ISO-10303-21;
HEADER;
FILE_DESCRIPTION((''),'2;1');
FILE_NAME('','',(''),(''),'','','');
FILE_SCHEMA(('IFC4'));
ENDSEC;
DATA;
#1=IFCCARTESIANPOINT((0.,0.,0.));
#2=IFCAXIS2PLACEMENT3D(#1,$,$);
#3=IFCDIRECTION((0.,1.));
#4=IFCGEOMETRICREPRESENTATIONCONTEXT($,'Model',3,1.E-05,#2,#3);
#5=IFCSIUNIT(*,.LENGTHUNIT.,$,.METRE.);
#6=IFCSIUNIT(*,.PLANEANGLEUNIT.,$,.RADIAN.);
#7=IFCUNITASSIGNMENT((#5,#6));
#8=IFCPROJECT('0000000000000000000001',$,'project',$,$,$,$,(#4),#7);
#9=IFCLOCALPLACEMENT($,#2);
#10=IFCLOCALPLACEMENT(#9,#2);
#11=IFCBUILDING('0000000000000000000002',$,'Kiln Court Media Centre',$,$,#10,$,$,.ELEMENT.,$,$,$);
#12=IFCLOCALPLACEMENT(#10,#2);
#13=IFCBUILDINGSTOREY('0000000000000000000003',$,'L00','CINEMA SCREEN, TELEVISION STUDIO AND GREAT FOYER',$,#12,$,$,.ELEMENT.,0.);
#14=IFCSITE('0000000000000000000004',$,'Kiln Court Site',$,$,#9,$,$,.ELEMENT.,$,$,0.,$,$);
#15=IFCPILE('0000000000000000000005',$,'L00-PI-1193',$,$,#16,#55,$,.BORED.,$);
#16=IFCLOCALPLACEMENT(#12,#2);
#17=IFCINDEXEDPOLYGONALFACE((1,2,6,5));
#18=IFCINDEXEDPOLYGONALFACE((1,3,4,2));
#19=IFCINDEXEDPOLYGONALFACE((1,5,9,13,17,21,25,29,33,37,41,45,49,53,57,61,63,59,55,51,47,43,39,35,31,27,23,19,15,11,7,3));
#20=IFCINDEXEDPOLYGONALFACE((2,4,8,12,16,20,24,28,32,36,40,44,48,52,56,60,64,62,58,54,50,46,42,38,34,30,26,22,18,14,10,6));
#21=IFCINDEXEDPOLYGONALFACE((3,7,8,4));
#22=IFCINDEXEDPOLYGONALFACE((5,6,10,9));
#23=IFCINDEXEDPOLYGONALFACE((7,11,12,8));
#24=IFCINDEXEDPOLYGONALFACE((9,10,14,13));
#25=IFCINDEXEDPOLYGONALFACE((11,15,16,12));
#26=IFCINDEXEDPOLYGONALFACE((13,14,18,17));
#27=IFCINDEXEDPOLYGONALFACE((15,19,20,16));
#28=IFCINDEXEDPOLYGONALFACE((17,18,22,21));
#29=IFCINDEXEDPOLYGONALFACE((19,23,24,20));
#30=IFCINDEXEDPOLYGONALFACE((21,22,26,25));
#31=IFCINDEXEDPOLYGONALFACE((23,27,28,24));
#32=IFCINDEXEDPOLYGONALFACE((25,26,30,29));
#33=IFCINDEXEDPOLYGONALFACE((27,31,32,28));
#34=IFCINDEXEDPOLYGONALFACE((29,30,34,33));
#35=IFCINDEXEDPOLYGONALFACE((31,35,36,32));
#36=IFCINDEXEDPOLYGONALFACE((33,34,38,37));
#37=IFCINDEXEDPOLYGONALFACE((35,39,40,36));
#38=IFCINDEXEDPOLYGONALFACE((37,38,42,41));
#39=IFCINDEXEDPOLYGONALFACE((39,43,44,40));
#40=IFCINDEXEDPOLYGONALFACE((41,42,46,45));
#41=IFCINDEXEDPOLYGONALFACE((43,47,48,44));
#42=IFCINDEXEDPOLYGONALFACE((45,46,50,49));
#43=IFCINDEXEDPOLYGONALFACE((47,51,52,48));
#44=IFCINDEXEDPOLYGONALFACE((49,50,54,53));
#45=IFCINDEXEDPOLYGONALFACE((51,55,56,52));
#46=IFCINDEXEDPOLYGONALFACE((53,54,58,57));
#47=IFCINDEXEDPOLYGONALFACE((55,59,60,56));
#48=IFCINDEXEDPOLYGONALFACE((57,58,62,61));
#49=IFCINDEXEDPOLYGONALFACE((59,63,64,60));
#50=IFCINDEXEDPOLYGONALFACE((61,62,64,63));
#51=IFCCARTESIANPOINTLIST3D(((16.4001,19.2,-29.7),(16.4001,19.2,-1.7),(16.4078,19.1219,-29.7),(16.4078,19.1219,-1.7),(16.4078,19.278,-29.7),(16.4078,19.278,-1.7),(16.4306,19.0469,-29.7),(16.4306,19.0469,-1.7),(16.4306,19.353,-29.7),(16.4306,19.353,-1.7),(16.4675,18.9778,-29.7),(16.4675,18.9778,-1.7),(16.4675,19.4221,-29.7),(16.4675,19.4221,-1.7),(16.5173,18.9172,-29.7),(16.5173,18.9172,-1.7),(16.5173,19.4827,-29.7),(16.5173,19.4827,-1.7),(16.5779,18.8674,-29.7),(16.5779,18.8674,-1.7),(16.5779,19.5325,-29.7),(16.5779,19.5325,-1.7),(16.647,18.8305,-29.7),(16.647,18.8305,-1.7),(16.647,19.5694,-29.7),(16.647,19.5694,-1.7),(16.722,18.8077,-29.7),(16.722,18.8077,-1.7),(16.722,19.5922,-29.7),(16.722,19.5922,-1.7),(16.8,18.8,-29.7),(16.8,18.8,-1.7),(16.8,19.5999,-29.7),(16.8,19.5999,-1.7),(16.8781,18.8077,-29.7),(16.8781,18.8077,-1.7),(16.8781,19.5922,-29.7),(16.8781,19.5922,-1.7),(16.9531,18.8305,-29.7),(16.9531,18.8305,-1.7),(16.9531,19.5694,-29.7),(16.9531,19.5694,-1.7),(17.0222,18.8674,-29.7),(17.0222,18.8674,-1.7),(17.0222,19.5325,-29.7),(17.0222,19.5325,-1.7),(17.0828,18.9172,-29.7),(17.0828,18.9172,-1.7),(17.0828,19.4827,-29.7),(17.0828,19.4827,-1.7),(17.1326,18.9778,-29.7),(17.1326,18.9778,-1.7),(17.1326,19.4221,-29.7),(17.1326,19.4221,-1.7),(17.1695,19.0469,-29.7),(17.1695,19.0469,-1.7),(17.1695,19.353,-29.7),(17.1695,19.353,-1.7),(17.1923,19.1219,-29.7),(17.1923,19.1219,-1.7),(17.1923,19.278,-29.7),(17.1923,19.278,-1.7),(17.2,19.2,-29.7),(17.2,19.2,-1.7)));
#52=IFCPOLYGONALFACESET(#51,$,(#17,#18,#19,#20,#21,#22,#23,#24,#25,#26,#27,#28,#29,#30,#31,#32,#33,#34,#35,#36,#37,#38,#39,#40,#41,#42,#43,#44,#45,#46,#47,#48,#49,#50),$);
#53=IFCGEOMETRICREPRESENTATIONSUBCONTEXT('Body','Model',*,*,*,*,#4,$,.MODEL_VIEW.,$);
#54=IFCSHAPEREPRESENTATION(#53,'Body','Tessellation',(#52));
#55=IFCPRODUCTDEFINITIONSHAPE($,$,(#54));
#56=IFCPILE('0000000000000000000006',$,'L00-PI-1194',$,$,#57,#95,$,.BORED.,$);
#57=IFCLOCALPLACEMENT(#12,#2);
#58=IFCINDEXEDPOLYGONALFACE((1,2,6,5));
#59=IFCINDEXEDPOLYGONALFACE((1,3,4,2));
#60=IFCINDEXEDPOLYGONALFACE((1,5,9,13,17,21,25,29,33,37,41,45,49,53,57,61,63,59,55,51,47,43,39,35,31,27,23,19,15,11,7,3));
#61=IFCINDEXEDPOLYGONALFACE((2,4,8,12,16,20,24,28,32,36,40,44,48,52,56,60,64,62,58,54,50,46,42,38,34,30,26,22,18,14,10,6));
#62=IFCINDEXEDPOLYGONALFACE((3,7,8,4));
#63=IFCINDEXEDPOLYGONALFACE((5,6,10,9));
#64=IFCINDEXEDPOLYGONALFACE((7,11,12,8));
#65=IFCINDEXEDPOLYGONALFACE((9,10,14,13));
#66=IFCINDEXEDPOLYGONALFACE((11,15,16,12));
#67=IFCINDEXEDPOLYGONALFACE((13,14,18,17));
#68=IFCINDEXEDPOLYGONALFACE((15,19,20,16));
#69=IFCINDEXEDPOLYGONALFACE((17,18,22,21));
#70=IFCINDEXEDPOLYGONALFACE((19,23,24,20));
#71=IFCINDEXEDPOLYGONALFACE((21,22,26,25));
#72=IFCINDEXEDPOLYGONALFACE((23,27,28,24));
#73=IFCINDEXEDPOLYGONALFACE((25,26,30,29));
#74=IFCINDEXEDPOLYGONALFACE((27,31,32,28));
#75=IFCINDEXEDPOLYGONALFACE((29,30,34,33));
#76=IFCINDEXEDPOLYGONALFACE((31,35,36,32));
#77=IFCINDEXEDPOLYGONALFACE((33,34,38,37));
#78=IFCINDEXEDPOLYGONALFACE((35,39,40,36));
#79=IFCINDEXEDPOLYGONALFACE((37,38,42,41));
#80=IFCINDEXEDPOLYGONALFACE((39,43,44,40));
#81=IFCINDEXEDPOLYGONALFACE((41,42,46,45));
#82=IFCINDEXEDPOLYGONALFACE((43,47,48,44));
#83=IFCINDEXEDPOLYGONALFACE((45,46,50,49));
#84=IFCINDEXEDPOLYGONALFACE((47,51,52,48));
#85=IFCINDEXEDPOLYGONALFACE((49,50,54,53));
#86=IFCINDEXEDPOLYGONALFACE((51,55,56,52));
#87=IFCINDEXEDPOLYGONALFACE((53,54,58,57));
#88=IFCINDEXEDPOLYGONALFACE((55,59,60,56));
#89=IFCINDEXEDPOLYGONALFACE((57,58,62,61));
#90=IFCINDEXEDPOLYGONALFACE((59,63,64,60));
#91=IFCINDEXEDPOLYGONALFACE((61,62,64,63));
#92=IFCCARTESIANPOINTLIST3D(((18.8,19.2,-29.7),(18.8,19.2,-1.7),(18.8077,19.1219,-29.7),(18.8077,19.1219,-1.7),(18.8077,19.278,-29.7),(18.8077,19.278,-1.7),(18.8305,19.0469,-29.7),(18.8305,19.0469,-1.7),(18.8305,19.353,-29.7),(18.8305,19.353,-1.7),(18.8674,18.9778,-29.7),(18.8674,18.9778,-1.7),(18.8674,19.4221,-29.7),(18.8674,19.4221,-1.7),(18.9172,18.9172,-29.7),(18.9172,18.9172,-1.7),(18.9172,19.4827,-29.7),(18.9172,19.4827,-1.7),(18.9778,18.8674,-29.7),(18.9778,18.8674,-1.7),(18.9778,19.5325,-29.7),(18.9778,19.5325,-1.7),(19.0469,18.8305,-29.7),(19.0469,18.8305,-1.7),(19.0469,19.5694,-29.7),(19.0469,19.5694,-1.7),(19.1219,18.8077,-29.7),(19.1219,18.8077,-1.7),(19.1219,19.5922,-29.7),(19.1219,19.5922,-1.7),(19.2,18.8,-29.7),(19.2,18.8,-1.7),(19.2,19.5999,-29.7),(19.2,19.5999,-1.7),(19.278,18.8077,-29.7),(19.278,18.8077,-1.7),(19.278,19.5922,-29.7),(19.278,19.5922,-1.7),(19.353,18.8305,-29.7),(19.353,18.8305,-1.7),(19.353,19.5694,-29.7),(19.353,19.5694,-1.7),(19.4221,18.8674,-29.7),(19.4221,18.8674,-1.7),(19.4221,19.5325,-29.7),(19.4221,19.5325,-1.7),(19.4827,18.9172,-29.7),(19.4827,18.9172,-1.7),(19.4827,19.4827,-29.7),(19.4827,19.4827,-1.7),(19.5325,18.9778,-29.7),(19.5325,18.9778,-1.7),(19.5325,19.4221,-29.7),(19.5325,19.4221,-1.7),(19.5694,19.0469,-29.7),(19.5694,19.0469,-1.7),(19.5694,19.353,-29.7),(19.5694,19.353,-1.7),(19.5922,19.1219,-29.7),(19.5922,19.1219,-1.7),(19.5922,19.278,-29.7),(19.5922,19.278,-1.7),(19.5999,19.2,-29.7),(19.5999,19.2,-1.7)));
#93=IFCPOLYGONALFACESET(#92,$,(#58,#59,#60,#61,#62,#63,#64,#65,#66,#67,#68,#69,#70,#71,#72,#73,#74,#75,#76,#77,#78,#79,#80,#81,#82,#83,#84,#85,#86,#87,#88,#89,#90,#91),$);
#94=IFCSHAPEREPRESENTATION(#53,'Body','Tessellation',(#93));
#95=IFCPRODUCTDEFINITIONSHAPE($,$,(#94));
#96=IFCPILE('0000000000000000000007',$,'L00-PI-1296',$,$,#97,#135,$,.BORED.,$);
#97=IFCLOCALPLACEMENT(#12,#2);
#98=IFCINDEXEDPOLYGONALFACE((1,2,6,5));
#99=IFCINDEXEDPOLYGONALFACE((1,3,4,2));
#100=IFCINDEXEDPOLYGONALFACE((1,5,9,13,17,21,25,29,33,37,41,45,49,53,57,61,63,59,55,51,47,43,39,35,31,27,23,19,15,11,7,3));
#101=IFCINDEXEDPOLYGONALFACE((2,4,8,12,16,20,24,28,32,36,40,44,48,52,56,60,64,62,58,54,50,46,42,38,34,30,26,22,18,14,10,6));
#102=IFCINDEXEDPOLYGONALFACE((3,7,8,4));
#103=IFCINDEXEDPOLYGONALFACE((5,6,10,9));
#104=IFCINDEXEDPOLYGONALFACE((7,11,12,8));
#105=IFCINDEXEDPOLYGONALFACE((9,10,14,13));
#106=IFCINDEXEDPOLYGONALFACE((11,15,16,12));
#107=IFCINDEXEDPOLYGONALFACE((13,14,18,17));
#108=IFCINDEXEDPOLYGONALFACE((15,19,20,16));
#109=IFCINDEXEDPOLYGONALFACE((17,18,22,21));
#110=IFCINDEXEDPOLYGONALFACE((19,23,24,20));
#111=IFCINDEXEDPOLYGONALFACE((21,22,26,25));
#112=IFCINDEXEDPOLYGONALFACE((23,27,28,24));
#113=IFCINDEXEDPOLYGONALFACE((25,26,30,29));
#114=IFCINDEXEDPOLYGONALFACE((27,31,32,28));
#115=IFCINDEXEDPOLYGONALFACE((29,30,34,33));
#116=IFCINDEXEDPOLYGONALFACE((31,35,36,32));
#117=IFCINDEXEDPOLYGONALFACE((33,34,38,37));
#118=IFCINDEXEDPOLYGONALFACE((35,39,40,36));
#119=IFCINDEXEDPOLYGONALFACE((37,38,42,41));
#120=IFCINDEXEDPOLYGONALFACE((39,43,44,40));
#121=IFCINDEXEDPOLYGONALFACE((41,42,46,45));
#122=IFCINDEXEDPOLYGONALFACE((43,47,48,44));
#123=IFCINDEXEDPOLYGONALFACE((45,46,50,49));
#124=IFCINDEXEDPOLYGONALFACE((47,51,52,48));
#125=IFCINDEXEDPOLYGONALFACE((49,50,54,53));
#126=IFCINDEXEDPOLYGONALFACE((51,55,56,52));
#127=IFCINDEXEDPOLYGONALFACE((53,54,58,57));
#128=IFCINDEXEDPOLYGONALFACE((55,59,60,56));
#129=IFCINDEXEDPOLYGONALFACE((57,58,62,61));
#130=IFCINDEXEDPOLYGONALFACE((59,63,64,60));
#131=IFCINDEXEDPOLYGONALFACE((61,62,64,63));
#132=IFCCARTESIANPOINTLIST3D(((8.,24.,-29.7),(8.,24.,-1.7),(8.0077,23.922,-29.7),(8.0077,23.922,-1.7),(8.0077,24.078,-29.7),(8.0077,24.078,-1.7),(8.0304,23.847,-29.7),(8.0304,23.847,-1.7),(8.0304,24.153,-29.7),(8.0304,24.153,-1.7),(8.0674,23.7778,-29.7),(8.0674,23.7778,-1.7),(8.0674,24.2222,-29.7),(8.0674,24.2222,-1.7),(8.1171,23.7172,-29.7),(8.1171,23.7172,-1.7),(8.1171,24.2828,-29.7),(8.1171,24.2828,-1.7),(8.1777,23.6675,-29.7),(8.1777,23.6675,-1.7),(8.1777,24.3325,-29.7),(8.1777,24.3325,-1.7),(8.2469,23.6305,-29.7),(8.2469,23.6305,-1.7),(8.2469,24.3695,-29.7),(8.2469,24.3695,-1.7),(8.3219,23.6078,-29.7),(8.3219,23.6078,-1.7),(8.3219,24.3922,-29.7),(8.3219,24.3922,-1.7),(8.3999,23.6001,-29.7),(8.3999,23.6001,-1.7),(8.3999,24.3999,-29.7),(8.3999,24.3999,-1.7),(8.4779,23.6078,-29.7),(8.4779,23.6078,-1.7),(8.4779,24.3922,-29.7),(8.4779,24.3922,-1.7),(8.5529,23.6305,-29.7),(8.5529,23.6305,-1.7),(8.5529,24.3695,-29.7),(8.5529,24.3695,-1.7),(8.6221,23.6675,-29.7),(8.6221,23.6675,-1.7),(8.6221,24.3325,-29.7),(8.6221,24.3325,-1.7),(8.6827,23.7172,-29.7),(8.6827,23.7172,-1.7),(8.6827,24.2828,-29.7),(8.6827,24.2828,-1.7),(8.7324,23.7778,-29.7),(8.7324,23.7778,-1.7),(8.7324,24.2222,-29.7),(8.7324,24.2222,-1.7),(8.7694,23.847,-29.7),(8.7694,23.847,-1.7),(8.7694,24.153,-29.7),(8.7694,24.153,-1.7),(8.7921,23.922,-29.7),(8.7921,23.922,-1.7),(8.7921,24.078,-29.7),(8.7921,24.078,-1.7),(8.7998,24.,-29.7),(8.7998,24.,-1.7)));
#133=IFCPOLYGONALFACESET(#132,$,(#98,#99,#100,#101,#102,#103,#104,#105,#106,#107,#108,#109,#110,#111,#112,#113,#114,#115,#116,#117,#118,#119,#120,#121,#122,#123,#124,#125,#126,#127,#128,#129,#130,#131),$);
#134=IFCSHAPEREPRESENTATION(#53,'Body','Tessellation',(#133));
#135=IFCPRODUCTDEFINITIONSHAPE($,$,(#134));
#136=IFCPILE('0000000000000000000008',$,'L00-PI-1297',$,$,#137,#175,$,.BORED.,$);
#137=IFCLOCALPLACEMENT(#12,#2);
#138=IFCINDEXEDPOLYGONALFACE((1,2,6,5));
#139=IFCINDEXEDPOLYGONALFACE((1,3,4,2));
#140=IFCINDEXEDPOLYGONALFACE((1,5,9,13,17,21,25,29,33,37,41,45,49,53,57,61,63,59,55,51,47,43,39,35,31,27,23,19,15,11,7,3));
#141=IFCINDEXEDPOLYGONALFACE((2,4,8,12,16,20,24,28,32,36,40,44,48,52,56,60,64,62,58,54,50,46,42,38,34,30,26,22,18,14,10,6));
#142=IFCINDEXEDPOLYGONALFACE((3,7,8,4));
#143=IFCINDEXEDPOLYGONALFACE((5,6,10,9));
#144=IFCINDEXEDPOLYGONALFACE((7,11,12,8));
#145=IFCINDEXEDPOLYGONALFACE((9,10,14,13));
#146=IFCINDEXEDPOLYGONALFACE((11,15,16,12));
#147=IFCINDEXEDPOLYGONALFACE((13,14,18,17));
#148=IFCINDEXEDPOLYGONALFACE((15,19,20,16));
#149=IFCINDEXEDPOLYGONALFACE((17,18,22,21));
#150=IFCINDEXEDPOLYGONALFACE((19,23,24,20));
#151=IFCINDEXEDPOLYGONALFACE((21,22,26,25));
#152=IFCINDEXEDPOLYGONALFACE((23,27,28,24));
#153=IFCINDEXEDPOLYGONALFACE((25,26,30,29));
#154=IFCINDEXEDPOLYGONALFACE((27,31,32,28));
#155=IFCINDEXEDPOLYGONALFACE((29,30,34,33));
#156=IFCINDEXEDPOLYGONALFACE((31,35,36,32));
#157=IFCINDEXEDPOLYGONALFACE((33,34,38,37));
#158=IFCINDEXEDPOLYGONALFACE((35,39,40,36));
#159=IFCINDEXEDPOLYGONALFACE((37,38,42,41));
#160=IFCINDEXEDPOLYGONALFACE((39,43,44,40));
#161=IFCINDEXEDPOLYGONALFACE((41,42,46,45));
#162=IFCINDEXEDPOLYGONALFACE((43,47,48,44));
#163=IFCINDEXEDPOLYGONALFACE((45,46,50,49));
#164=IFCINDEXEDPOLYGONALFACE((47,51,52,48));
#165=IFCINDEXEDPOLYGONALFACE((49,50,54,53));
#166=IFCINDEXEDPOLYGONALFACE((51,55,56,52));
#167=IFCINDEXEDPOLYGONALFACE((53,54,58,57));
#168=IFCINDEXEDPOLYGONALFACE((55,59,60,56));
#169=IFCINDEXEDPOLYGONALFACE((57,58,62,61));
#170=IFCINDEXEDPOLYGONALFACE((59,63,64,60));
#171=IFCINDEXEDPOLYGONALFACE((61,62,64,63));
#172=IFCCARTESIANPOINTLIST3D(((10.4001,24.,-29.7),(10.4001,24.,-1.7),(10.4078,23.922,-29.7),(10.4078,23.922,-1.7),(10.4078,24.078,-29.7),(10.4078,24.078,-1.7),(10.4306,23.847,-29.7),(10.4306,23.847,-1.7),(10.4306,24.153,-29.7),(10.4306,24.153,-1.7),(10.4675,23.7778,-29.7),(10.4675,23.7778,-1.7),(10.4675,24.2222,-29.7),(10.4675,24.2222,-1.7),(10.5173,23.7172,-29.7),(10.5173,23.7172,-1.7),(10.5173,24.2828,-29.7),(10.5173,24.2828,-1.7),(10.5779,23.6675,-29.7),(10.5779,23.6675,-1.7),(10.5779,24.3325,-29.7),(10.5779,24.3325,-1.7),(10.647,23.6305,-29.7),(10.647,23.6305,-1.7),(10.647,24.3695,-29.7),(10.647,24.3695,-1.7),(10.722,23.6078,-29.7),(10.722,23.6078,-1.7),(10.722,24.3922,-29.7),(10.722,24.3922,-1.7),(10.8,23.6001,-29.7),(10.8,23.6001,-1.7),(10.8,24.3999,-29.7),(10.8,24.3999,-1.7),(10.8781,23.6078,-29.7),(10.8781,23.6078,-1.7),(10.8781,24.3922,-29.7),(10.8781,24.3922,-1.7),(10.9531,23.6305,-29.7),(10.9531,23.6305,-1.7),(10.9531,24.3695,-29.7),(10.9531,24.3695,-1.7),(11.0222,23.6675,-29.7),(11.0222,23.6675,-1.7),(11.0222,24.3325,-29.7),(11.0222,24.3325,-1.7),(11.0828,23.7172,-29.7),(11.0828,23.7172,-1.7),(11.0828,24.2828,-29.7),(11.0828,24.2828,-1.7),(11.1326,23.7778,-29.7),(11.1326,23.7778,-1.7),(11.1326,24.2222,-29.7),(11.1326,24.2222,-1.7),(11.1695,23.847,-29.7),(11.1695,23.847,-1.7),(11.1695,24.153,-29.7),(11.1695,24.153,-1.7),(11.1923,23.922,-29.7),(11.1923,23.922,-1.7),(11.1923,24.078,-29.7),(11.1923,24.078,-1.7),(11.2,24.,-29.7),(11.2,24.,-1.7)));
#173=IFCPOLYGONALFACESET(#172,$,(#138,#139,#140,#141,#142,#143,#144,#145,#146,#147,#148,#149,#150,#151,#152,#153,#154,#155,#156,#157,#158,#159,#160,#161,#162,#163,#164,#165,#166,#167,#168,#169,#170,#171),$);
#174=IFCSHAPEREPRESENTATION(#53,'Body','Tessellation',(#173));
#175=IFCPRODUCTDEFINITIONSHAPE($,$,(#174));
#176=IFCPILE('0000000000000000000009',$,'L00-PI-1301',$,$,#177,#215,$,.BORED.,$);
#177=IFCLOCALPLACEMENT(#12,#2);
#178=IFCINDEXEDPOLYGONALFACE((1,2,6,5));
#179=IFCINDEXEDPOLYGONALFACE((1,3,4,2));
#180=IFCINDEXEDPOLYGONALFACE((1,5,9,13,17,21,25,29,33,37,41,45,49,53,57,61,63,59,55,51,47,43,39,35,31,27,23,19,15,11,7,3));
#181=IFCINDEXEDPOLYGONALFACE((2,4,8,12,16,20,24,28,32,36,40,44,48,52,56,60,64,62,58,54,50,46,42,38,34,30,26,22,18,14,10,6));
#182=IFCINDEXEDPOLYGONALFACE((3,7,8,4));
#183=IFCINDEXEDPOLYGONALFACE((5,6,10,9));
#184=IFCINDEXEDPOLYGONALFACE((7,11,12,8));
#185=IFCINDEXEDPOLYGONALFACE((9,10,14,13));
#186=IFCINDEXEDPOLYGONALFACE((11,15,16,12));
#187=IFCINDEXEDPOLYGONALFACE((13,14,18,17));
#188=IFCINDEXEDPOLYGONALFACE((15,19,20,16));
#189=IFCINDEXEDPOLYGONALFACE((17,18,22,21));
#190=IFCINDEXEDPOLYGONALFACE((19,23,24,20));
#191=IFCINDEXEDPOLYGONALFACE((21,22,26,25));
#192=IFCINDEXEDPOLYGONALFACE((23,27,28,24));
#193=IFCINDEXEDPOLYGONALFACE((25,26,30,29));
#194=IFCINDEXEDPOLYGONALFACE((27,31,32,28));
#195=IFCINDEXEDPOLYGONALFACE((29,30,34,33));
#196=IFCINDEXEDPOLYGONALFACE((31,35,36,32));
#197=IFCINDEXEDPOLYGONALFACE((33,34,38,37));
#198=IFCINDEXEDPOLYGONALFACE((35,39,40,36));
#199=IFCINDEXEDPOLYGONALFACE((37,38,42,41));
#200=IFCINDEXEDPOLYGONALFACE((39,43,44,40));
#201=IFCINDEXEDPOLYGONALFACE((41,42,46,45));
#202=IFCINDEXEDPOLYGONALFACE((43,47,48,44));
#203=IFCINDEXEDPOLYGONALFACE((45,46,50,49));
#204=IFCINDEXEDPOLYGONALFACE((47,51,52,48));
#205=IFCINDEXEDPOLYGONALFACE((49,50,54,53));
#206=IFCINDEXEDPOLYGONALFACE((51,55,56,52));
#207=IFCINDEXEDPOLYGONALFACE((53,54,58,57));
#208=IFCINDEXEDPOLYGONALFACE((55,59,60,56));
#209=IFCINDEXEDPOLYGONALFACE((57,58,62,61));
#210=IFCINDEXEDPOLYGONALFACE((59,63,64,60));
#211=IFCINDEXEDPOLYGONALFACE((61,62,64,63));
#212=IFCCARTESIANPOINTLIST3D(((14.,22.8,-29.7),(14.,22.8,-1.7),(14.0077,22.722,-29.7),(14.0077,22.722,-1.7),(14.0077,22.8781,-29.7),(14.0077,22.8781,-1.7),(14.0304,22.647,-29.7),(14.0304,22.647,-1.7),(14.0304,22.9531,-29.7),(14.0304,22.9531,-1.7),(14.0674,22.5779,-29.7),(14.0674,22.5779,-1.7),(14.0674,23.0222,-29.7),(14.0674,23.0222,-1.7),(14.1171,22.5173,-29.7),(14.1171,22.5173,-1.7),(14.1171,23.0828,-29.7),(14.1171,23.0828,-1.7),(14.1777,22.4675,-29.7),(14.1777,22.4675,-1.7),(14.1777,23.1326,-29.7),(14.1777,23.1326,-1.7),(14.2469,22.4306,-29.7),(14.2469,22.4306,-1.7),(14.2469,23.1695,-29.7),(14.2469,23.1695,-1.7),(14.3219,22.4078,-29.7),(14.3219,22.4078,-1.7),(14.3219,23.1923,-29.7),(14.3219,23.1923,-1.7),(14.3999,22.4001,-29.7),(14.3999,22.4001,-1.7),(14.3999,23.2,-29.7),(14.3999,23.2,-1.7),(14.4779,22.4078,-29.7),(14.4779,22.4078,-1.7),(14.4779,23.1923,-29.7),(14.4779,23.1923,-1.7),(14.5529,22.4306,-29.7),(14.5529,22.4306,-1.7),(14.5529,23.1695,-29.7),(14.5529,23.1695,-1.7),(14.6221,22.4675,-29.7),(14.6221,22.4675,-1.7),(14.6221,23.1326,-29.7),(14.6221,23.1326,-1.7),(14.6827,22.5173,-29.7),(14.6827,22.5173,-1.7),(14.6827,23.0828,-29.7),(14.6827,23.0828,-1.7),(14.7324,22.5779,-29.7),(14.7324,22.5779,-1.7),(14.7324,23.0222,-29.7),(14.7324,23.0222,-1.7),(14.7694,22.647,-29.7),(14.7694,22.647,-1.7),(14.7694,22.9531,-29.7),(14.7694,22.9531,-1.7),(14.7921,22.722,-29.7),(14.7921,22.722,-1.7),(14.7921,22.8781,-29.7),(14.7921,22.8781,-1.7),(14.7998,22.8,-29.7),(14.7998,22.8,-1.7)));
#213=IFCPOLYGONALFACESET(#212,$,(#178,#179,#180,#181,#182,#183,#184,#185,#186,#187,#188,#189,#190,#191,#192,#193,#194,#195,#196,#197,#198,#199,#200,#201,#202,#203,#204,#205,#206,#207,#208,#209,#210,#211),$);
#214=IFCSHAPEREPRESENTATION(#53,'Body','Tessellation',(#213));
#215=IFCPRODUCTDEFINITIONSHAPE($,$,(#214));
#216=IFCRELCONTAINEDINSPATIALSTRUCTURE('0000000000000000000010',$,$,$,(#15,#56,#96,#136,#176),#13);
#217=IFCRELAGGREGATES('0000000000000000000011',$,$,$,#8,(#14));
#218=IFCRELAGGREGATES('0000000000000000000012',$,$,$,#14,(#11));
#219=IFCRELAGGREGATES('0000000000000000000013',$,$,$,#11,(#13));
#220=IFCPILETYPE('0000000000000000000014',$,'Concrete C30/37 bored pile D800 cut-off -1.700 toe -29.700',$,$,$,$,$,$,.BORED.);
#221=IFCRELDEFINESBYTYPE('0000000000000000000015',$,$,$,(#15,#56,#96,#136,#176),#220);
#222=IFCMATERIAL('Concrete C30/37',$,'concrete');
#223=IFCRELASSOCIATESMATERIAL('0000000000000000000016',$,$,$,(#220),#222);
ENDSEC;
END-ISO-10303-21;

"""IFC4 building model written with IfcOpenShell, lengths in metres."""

from ifc_helpers import new_model, si_unit, direction, frame, origin, origin_2d, place, context, subcontext, project, spatial, circle, extrude, material, material_profile, profile_set, type_object, element, save


model = new_model("IFC4")

# Units and contexts
model_context = context("Model", 3, precision=1e-05, world=origin(), true_north=direction((0.0, 1.0)))
body_context = subcontext(model_context, "Body", "Model", "MODEL_VIEW")
ifc_project = project(units=[si_unit("LENGTHUNIT", "METRE"), si_unit("PLANEANGLEUNIT", "RADIAN")], contexts=[model_context])

# Site, building, storey
site_placement = place(None, origin())
site = spatial("IfcSite", under=ifc_project, at=site_placement, Name="Kiln Court Site", CompositionType="ELEMENT", RefElevation=0.0)
building_placement = place(site_placement, origin())
building = spatial("IfcBuilding", under=site, at=building_placement, Name="Kiln Court Media Centre", CompositionType="ELEMENT")
storey_placement = place(building_placement, origin())
storey = spatial("IfcBuildingStorey", under=building, at=storey_placement, Name="L00", Description="CINEMA SCREEN, TELEVISION STUDIO AND GREAT FOYER", CompositionType="ELEMENT", Elevation=0.0)

# Piles
ifc_material_1 = material(Name="Concrete C30/37", Category="concrete")
ifc_material_profile_1 = material_profile(ifc_material_1, circle(Radius=0.3999, at=origin_2d()), Name="PILE D800")
ifc_profile_set_1 = profile_set([ifc_material_profile_1], Name="Concrete C30/37")
pile_type = type_object("IfcPileType", Name="Concrete C30/37 bored pile D800 cut-off -1.700 toe -29.700", PredefinedType="BORED", material=ifc_profile_set_1)
for number, where, z_axis, x_axis, name in (
    (1, (16.8, 19.2, -1.7), (0.0, 0.0, -1.0), (1.0, 0.0, 0.0), "L00-PI-1193"),
    (2, (19.2, 19.2, -1.7), (0.0, 0.0, -1.0), (1.0, 0.0, 0.0), "L00-PI-1194"),
    (3, (8.3999, 24.0, -1.7), (0.0, 0.0, -1.0), (1.0, 0.0, 0.0), "L00-PI-1296"),
    (4, (10.8, 24.0, -1.7), (0.0, 0.0, -1.0), (1.0, 0.0, 0.0), "L00-PI-1297"),
    (5, (14.3999, 22.8, -1.7), (0.0, 0.0, -1.0), (1.0, 0.0, 0.0), "L00-PI-1301"),
):
    element("IfcPile", number, at=place(storey_placement, frame(where, z_axis=z_axis, x_axis=x_axis)), inside=storey, type_object=pile_type, Name=name, PredefinedType="BORED", context=body_context, shape_type="SweptSolid", body=[
        extrude(circle(Radius=0.3999, at=origin_2d()), origin(), (0.0, 0.0, 1.0), 28.0),
    ])

save(model, "model.ifc")
